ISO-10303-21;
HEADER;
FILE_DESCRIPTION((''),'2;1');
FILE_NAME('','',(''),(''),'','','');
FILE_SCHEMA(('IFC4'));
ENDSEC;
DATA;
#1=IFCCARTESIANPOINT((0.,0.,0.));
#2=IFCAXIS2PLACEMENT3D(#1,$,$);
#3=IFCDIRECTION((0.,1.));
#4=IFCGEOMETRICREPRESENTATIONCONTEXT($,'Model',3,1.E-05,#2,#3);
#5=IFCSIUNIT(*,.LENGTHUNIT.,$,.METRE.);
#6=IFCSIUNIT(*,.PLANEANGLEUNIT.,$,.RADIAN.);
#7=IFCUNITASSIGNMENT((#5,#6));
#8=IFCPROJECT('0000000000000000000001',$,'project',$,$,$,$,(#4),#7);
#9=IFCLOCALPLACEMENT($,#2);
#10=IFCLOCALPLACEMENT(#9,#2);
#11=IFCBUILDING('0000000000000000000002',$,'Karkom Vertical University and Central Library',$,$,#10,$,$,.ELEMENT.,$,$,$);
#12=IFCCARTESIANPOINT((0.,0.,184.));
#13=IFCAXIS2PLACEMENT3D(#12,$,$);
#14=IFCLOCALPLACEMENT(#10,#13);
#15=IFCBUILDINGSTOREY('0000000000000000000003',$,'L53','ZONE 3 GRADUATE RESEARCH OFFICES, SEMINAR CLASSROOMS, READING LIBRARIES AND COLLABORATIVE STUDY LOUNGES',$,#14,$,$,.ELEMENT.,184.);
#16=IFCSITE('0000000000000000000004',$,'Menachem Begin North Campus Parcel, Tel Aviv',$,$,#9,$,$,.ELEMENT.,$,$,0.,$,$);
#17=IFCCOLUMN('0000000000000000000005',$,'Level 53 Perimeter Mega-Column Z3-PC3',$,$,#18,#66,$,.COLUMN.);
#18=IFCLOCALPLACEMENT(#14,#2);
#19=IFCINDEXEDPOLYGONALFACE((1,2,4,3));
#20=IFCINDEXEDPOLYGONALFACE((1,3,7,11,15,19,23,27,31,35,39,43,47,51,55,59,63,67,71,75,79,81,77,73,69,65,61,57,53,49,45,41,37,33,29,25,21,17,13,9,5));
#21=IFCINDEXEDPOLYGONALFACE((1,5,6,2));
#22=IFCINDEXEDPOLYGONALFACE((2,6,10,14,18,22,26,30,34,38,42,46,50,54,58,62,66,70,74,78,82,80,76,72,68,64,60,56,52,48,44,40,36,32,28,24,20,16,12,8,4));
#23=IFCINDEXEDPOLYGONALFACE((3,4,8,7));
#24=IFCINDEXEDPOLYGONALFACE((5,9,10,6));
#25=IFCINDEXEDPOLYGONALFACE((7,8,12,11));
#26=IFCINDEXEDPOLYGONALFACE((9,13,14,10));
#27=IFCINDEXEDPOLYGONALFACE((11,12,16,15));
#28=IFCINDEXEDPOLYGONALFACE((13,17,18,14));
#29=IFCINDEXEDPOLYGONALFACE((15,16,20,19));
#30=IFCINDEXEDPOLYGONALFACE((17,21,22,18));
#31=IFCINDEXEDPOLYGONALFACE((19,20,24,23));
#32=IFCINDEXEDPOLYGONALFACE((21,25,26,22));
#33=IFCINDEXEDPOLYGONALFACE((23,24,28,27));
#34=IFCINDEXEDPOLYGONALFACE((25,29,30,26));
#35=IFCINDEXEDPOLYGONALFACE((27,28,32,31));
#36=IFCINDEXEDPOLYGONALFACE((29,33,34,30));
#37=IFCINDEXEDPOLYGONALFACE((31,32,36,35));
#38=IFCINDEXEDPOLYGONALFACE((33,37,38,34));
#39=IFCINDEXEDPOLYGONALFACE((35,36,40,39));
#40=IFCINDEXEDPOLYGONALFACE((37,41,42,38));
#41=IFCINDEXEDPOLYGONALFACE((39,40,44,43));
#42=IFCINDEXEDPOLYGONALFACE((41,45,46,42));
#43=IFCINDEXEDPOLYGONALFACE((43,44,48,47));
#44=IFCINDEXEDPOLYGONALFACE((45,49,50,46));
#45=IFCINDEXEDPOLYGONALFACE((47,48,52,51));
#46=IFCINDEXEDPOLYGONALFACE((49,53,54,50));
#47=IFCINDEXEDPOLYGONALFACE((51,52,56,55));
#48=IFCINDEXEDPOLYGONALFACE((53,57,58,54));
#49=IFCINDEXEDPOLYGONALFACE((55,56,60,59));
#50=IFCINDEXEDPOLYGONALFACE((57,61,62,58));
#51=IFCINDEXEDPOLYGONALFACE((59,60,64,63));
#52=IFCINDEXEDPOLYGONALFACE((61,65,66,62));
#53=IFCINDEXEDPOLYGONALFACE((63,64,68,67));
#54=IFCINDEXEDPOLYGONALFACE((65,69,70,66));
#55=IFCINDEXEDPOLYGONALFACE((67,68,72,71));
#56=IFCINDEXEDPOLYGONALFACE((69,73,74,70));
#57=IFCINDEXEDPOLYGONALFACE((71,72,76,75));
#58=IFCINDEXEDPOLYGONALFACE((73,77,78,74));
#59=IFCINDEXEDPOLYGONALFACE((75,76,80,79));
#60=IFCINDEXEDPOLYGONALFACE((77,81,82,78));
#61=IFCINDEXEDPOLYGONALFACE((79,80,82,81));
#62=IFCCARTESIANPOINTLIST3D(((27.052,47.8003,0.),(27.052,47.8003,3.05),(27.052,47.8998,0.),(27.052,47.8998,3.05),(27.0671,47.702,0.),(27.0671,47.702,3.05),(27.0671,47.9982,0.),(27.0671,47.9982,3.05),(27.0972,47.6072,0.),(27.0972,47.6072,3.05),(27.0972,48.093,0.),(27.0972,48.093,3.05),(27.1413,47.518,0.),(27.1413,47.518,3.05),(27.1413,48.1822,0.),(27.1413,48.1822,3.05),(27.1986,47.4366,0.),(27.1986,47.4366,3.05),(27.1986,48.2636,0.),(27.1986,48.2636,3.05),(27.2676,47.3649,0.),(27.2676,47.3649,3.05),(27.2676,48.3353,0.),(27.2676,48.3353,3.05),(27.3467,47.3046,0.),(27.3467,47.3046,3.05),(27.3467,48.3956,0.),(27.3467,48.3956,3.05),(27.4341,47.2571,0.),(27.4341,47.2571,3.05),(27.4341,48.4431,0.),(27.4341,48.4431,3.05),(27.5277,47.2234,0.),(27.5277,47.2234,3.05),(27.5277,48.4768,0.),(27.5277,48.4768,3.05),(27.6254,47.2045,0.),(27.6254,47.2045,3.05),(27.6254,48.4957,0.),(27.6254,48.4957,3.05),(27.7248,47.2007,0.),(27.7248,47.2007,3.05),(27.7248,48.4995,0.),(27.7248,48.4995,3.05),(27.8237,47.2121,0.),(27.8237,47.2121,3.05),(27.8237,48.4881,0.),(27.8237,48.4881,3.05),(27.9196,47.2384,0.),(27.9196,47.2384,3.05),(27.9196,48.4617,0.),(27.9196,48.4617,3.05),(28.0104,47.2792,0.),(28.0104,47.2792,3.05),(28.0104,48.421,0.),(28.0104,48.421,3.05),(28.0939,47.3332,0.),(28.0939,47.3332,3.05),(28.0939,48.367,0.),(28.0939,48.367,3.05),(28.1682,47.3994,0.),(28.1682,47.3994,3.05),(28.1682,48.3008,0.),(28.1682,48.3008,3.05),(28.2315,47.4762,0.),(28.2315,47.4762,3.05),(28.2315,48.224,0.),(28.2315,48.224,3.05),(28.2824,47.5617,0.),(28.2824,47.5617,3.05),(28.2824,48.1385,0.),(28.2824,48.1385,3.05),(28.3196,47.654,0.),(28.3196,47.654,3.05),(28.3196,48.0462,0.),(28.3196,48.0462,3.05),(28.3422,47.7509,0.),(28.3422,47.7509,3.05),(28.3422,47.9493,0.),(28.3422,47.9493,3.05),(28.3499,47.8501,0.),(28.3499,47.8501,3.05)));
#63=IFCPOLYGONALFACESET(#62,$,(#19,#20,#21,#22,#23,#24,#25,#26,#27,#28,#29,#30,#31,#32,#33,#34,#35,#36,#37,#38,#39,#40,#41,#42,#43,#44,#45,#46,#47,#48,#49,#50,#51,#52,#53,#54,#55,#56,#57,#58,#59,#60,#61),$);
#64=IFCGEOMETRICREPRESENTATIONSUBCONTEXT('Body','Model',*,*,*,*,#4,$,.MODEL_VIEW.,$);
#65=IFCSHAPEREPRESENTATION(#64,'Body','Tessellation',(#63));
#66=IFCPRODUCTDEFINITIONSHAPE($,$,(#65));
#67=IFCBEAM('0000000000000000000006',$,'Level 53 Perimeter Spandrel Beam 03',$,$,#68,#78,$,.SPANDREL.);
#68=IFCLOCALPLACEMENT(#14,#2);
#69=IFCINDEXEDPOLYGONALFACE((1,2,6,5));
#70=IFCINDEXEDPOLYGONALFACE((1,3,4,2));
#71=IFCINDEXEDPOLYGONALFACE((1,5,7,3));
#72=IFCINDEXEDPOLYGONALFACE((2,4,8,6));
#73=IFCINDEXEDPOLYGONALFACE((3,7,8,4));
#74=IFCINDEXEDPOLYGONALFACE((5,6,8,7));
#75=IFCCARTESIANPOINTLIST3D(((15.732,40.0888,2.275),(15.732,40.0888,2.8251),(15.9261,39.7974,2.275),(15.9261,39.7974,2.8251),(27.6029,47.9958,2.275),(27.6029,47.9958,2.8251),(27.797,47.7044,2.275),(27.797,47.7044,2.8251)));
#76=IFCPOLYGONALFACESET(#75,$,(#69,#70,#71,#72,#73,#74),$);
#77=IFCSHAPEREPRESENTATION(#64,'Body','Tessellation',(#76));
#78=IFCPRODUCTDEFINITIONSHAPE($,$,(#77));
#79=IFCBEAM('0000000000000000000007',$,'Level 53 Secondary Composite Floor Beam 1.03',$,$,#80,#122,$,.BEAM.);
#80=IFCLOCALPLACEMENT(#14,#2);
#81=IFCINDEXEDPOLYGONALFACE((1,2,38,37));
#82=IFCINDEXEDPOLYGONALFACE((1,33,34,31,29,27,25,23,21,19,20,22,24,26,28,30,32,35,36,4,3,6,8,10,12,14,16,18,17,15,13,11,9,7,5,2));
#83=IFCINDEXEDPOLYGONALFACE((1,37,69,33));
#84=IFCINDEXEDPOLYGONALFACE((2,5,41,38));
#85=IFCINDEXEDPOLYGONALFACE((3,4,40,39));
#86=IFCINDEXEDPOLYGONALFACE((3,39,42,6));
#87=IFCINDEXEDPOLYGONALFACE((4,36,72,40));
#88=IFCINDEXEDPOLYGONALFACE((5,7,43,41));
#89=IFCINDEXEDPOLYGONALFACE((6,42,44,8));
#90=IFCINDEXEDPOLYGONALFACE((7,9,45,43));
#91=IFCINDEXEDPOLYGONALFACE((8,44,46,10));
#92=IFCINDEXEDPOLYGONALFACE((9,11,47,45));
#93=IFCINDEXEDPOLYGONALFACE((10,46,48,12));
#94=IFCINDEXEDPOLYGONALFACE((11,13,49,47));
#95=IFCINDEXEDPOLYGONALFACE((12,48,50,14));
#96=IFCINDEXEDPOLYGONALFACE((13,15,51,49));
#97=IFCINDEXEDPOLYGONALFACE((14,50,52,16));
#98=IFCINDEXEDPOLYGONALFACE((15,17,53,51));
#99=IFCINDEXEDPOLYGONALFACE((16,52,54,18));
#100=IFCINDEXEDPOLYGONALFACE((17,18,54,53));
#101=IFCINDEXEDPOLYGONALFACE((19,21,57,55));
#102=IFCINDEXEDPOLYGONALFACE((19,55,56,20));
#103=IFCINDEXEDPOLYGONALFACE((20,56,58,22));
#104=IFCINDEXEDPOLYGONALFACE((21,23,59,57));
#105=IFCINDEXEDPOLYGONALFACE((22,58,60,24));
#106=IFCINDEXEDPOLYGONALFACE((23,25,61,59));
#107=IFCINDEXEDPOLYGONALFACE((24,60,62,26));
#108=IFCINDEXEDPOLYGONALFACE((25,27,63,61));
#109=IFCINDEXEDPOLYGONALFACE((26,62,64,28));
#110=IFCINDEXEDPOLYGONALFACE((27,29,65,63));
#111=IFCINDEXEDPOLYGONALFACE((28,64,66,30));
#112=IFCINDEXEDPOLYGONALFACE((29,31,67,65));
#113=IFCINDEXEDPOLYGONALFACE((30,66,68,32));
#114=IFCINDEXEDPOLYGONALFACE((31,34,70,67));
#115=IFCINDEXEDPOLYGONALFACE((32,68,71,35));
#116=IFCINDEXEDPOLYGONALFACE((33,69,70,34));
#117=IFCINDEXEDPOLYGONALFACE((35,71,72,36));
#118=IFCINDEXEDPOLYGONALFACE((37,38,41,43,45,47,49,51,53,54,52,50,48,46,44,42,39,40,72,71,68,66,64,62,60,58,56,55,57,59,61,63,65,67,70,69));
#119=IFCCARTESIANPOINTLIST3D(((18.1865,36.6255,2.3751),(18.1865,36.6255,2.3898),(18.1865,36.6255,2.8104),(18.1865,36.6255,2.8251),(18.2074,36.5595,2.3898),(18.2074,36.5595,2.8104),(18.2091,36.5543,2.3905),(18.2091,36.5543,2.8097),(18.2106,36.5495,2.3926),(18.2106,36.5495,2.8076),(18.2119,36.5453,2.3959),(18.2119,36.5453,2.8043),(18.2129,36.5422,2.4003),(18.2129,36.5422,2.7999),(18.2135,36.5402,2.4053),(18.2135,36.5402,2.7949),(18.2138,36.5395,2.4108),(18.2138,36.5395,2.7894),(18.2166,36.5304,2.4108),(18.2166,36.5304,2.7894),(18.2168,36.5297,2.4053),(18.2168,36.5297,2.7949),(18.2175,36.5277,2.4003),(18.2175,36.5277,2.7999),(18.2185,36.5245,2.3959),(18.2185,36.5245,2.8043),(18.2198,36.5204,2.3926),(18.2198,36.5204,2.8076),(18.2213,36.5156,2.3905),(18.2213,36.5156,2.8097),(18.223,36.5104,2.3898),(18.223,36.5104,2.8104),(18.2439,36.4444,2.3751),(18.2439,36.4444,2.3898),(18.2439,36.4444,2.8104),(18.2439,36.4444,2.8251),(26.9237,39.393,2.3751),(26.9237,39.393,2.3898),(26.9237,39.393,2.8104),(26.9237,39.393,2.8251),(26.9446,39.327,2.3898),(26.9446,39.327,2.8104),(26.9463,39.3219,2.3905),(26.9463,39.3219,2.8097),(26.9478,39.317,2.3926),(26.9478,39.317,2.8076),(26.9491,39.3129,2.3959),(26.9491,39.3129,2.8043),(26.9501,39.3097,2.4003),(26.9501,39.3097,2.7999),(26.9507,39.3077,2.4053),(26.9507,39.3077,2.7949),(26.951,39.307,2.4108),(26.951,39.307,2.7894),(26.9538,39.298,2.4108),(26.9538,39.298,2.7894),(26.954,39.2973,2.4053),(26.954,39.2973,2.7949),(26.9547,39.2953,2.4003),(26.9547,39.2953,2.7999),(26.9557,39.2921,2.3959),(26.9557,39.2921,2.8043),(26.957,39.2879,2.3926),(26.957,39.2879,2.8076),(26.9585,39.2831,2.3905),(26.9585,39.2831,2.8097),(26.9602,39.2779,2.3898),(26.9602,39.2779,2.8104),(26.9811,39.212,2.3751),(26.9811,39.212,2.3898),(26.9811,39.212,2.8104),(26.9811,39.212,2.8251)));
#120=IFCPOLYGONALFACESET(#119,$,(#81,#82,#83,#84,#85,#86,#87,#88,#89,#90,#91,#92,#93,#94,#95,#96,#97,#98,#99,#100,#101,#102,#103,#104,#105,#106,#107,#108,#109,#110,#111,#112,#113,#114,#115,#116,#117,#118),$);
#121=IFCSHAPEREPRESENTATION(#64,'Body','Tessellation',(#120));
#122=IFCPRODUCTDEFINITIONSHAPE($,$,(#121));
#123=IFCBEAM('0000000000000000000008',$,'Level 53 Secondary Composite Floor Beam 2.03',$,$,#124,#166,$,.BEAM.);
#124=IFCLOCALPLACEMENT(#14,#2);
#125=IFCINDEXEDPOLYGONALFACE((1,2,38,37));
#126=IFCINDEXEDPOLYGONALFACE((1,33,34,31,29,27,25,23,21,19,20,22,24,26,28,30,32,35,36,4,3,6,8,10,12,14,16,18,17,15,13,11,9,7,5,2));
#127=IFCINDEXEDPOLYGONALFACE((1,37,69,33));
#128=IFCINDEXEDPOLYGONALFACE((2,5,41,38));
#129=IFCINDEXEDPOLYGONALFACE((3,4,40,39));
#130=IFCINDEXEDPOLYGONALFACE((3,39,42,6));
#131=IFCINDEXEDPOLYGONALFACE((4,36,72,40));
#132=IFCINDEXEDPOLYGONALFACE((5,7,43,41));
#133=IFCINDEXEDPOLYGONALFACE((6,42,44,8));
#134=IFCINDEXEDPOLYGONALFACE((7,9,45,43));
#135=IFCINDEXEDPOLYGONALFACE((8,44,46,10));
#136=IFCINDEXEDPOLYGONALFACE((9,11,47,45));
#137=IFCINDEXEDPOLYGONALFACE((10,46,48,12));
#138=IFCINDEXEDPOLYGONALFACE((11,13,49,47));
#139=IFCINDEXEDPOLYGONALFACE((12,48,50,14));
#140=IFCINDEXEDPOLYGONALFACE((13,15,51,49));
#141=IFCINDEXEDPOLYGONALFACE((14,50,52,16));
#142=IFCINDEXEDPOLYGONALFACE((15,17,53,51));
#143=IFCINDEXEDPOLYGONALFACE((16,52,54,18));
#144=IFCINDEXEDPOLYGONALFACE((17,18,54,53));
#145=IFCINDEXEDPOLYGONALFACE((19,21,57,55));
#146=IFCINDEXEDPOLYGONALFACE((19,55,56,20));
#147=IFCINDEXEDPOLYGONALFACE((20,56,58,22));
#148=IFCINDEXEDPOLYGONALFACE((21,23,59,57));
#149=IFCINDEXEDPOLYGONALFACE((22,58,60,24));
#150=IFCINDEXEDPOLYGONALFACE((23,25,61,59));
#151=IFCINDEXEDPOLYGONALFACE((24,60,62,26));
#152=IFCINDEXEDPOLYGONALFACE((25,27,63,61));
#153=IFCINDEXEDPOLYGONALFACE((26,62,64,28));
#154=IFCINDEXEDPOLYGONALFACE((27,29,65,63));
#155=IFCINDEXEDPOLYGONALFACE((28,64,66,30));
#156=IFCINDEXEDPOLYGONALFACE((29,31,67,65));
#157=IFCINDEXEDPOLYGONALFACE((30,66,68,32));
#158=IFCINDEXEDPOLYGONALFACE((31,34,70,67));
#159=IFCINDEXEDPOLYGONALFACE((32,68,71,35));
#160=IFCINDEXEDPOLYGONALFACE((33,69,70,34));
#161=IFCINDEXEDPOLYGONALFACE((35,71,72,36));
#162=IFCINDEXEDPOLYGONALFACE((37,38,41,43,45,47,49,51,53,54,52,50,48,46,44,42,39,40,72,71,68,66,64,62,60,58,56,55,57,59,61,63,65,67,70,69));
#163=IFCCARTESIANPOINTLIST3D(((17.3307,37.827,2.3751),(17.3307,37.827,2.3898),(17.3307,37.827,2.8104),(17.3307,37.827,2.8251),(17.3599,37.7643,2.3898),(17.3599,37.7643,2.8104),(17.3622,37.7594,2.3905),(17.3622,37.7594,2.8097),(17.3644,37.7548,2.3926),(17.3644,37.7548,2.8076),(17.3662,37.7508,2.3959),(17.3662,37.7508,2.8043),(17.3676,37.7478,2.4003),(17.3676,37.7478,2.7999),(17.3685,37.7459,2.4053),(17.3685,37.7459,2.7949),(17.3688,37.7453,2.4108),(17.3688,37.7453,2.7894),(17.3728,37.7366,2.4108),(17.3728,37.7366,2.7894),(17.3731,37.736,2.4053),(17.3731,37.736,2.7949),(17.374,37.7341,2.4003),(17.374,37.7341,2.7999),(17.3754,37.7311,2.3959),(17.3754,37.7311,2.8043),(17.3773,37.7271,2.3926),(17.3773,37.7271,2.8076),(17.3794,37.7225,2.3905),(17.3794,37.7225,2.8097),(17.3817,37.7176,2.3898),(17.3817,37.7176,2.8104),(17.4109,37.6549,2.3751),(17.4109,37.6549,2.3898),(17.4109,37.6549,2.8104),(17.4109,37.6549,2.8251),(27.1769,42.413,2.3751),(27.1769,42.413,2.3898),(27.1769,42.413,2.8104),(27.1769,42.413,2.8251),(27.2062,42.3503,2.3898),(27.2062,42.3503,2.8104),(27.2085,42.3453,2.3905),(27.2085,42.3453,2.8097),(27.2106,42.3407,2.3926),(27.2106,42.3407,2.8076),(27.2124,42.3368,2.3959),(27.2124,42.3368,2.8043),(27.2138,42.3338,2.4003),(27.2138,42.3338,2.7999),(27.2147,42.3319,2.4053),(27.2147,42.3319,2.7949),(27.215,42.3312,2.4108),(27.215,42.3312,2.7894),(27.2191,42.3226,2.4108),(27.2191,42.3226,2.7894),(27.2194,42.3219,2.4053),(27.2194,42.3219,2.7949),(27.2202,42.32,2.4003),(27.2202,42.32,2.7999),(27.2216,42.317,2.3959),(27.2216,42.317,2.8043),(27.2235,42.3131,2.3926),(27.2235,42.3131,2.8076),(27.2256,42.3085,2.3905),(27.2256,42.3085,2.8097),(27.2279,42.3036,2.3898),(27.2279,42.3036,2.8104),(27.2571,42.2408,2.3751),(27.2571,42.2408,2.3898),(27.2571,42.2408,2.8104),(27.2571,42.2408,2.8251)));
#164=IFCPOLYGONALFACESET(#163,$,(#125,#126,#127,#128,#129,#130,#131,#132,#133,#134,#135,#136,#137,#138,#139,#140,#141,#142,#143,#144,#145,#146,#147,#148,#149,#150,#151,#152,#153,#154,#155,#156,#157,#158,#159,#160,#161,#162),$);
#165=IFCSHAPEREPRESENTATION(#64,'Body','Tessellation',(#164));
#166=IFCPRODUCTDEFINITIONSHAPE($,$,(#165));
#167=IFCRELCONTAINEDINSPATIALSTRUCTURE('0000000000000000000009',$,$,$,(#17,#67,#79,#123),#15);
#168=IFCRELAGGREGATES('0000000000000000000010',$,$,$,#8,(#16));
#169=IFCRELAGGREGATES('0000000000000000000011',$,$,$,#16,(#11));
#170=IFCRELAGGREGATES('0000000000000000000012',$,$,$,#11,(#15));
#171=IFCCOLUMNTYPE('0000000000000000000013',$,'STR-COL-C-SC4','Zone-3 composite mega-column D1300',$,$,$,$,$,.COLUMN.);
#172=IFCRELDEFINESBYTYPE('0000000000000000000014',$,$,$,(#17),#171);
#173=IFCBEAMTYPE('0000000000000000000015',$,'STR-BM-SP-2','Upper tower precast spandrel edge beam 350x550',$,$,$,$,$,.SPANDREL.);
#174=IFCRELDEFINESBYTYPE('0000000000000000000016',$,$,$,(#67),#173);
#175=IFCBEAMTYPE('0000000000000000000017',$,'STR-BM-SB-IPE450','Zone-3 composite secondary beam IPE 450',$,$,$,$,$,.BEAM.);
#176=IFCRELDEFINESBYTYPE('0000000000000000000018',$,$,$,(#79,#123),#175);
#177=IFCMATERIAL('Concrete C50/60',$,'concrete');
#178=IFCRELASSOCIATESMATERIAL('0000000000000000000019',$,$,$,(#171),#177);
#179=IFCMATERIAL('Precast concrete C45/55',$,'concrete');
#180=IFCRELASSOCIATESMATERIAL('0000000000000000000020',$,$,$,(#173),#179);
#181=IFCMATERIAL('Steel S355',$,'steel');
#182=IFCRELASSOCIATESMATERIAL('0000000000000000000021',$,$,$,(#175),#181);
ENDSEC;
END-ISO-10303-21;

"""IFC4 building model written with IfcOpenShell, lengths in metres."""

from ifc_helpers import new_model, si_unit, direction, frame, origin, origin_with_axes, origin_2d, place, context, subcontext, project, spatial, rectangle, circle, i_section, extrude, source, transform, mapped, material, material_profile, profile_set, type_object, element, save


model = new_model("IFC4")

# Units and contexts
model_context = context("Model", 3, precision=1e-05, world=origin(), true_north=direction((0.0, 1.0)))
body_context = subcontext(model_context, "Body", "Model", "MODEL_VIEW")
ifc_project = project(units=[si_unit("LENGTHUNIT", "METRE"), si_unit("PLANEANGLEUNIT", "RADIAN")], contexts=[model_context])

# Site, building, storey
site_placement = place(None, origin())
site = spatial("IfcSite", under=ifc_project, at=site_placement, Name="Menachem Begin North Campus Parcel, Tel Aviv", CompositionType="ELEMENT", RefElevation=0.0)
building_placement = place(site_placement, origin())
building = spatial("IfcBuilding", under=site, at=building_placement, Name="Karkom Vertical University and Central Library", CompositionType="ELEMENT")
storey_placement = place(building_placement, frame((0.0, 0.0, 184.0)))
storey = spatial("IfcBuildingStorey", under=building, at=storey_placement, Name="L53", Description="ZONE 3 GRADUATE RESEARCH OFFICES, SEMINAR CLASSROOMS, READING LIBRARIES AND COLLABORATIVE STUDY LOUNGES", CompositionType="ELEMENT", Elevation=184.0)

# Column
ifc_material_1 = material(Name="Concrete C50/60", Category="concrete")
ifc_material_profile_1 = material_profile(ifc_material_1, circle(Radius=0.6499, at=origin_2d()), Name="CFT-D1300")
ifc_profile_set_1 = profile_set([ifc_material_profile_1], Name="Concrete C50/60")
column_type = type_object("IfcColumnType", Name="STR-COL-C-SC4", Description="Zone-3 composite mega-column D1300", PredefinedType="COLUMN", material=ifc_profile_set_1)
shared_shape_1 = source(origin_with_axes(), body_context, "Body", "SweptSolid", [
    extrude(circle(Radius=0.6499, at=origin_2d()), origin(), (0.0, 0.0, 1.0), 3.05),
])
column_placement = place(storey_placement, frame((27.7, 47.8501, 0.0), z_axis=(0.0, 0.0, 1.0), x_axis=(1.0, 0.0, 0.0)))
element("IfcColumn", 1, at=column_placement, inside=storey, type_object=column_type, Name="Level 53 Perimeter Mega-Column Z3-PC3", PredefinedType="COLUMN", context=body_context, shape_type="MappedRepresentation", body=[
    mapped(shared_shape_1, transform((0.0, 0.0, 0.0), scale=1.0)),
])

# Beams
ifc_material_2 = material(Name="Precast concrete C45/55", Category="concrete")
ifc_material_profile_2 = material_profile(ifc_material_2, rectangle(XDim=0.3501, YDim=0.55, at=origin_2d()), Name="SPB-350x550")
ifc_profile_set_2 = profile_set([ifc_material_profile_2], Name="Precast concrete C45/55")
beam_type_1 = type_object("IfcBeamType", Name="STR-BM-SP-2", Description="Upper tower precast spandrel edge beam 350x550", PredefinedType="SPANDREL", material=ifc_profile_set_2)
shared_shape_2 = source(origin_with_axes(), body_context, "Body", "SweptSolid", [
    extrude(rectangle(XDim=0.3501, YDim=0.55, at=origin_2d()), origin(), (0.0, 0.0, 1.0), 14.2632),
])
beam_1_placement = place(storey_placement, frame((27.7, 47.8501, 2.55), z_axis=(-0.832274, -0.554364, 0.0), x_axis=(0.554364, -0.832274, 0.0)))
element("IfcBeam", 2, at=beam_1_placement, inside=storey, type_object=beam_type_1, Name="Level 53 Perimeter Spandrel Beam 03", PredefinedType="SPANDREL", context=body_context, shape_type="MappedRepresentation", body=[
    mapped(shared_shape_2, transform((0.0, 0.0, 0.0), scale=1.0)),
])
ifc_material_3 = material(Name="Steel S355", Category="steel")
ifc_material_profile_3 = material_profile(ifc_material_3, i_section(OverallWidth=0.1899, OverallDepth=0.45, WebThickness=0.0095, FlangeThickness=0.0146, FilletRadius=0.021, at=origin_2d()), Name="IPE 450")
ifc_profile_set_3 = profile_set([ifc_material_profile_3], Name="Steel S355")
beam_type_2 = type_object("IfcBeamType", Name="STR-BM-SB-IPE450", Description="Zone-3 composite secondary beam IPE 450", PredefinedType="BEAM", material=ifc_profile_set_3)
shared_shape_3 = source(origin_with_axes(), body_context, "Body", "SweptSolid", [
    extrude(i_section(OverallWidth=0.1899, OverallDepth=0.45, WebThickness=0.0095, FlangeThickness=0.0146, FilletRadius=0.021, at=origin_2d()), origin(), (0.0, 0.0, 1.0), 9.165),
])
beam_2_placement = place(storey_placement, frame((26.9524, 39.3025, 2.6001), z_axis=(-0.953318, -0.301968, 0.0), x_axis=(0.301968, -0.953318, 0.0)))
element("IfcBeam", 3, at=beam_2_placement, inside=storey, type_object=beam_type_2, Name="Level 53 Secondary Composite Floor Beam 1.03", PredefinedType="BEAM", context=body_context, shape_type="MappedRepresentation", body=[
    mapped(shared_shape_3, transform((0.0, 0.0, 0.0), scale=1.0)),
])
shared_shape_4 = source(origin_with_axes(), body_context, "Body", "SweptSolid", [
    extrude(i_section(OverallWidth=0.1899, OverallDepth=0.45, WebThickness=0.0095, FlangeThickness=0.0146, FilletRadius=0.021, at=origin_2d()), origin(), (0.0, 0.0, 1.0), 10.8618),
])
beam_3_placement = place(storey_placement, frame((27.217, 42.3269, 2.6001), z_axis=(-0.906499, -0.422209, 0.0), x_axis=(0.422209, -0.906499, 0.0)))
element("IfcBeam", 4, at=beam_3_placement, inside=storey, type_object=beam_type_2, Name="Level 53 Secondary Composite Floor Beam 2.03", PredefinedType="BEAM", context=body_context, shape_type="MappedRepresentation", body=[
    mapped(shared_shape_4, transform((0.0, 0.0, 0.0), scale=1.0)),
])

save(model, "model.ifc")
